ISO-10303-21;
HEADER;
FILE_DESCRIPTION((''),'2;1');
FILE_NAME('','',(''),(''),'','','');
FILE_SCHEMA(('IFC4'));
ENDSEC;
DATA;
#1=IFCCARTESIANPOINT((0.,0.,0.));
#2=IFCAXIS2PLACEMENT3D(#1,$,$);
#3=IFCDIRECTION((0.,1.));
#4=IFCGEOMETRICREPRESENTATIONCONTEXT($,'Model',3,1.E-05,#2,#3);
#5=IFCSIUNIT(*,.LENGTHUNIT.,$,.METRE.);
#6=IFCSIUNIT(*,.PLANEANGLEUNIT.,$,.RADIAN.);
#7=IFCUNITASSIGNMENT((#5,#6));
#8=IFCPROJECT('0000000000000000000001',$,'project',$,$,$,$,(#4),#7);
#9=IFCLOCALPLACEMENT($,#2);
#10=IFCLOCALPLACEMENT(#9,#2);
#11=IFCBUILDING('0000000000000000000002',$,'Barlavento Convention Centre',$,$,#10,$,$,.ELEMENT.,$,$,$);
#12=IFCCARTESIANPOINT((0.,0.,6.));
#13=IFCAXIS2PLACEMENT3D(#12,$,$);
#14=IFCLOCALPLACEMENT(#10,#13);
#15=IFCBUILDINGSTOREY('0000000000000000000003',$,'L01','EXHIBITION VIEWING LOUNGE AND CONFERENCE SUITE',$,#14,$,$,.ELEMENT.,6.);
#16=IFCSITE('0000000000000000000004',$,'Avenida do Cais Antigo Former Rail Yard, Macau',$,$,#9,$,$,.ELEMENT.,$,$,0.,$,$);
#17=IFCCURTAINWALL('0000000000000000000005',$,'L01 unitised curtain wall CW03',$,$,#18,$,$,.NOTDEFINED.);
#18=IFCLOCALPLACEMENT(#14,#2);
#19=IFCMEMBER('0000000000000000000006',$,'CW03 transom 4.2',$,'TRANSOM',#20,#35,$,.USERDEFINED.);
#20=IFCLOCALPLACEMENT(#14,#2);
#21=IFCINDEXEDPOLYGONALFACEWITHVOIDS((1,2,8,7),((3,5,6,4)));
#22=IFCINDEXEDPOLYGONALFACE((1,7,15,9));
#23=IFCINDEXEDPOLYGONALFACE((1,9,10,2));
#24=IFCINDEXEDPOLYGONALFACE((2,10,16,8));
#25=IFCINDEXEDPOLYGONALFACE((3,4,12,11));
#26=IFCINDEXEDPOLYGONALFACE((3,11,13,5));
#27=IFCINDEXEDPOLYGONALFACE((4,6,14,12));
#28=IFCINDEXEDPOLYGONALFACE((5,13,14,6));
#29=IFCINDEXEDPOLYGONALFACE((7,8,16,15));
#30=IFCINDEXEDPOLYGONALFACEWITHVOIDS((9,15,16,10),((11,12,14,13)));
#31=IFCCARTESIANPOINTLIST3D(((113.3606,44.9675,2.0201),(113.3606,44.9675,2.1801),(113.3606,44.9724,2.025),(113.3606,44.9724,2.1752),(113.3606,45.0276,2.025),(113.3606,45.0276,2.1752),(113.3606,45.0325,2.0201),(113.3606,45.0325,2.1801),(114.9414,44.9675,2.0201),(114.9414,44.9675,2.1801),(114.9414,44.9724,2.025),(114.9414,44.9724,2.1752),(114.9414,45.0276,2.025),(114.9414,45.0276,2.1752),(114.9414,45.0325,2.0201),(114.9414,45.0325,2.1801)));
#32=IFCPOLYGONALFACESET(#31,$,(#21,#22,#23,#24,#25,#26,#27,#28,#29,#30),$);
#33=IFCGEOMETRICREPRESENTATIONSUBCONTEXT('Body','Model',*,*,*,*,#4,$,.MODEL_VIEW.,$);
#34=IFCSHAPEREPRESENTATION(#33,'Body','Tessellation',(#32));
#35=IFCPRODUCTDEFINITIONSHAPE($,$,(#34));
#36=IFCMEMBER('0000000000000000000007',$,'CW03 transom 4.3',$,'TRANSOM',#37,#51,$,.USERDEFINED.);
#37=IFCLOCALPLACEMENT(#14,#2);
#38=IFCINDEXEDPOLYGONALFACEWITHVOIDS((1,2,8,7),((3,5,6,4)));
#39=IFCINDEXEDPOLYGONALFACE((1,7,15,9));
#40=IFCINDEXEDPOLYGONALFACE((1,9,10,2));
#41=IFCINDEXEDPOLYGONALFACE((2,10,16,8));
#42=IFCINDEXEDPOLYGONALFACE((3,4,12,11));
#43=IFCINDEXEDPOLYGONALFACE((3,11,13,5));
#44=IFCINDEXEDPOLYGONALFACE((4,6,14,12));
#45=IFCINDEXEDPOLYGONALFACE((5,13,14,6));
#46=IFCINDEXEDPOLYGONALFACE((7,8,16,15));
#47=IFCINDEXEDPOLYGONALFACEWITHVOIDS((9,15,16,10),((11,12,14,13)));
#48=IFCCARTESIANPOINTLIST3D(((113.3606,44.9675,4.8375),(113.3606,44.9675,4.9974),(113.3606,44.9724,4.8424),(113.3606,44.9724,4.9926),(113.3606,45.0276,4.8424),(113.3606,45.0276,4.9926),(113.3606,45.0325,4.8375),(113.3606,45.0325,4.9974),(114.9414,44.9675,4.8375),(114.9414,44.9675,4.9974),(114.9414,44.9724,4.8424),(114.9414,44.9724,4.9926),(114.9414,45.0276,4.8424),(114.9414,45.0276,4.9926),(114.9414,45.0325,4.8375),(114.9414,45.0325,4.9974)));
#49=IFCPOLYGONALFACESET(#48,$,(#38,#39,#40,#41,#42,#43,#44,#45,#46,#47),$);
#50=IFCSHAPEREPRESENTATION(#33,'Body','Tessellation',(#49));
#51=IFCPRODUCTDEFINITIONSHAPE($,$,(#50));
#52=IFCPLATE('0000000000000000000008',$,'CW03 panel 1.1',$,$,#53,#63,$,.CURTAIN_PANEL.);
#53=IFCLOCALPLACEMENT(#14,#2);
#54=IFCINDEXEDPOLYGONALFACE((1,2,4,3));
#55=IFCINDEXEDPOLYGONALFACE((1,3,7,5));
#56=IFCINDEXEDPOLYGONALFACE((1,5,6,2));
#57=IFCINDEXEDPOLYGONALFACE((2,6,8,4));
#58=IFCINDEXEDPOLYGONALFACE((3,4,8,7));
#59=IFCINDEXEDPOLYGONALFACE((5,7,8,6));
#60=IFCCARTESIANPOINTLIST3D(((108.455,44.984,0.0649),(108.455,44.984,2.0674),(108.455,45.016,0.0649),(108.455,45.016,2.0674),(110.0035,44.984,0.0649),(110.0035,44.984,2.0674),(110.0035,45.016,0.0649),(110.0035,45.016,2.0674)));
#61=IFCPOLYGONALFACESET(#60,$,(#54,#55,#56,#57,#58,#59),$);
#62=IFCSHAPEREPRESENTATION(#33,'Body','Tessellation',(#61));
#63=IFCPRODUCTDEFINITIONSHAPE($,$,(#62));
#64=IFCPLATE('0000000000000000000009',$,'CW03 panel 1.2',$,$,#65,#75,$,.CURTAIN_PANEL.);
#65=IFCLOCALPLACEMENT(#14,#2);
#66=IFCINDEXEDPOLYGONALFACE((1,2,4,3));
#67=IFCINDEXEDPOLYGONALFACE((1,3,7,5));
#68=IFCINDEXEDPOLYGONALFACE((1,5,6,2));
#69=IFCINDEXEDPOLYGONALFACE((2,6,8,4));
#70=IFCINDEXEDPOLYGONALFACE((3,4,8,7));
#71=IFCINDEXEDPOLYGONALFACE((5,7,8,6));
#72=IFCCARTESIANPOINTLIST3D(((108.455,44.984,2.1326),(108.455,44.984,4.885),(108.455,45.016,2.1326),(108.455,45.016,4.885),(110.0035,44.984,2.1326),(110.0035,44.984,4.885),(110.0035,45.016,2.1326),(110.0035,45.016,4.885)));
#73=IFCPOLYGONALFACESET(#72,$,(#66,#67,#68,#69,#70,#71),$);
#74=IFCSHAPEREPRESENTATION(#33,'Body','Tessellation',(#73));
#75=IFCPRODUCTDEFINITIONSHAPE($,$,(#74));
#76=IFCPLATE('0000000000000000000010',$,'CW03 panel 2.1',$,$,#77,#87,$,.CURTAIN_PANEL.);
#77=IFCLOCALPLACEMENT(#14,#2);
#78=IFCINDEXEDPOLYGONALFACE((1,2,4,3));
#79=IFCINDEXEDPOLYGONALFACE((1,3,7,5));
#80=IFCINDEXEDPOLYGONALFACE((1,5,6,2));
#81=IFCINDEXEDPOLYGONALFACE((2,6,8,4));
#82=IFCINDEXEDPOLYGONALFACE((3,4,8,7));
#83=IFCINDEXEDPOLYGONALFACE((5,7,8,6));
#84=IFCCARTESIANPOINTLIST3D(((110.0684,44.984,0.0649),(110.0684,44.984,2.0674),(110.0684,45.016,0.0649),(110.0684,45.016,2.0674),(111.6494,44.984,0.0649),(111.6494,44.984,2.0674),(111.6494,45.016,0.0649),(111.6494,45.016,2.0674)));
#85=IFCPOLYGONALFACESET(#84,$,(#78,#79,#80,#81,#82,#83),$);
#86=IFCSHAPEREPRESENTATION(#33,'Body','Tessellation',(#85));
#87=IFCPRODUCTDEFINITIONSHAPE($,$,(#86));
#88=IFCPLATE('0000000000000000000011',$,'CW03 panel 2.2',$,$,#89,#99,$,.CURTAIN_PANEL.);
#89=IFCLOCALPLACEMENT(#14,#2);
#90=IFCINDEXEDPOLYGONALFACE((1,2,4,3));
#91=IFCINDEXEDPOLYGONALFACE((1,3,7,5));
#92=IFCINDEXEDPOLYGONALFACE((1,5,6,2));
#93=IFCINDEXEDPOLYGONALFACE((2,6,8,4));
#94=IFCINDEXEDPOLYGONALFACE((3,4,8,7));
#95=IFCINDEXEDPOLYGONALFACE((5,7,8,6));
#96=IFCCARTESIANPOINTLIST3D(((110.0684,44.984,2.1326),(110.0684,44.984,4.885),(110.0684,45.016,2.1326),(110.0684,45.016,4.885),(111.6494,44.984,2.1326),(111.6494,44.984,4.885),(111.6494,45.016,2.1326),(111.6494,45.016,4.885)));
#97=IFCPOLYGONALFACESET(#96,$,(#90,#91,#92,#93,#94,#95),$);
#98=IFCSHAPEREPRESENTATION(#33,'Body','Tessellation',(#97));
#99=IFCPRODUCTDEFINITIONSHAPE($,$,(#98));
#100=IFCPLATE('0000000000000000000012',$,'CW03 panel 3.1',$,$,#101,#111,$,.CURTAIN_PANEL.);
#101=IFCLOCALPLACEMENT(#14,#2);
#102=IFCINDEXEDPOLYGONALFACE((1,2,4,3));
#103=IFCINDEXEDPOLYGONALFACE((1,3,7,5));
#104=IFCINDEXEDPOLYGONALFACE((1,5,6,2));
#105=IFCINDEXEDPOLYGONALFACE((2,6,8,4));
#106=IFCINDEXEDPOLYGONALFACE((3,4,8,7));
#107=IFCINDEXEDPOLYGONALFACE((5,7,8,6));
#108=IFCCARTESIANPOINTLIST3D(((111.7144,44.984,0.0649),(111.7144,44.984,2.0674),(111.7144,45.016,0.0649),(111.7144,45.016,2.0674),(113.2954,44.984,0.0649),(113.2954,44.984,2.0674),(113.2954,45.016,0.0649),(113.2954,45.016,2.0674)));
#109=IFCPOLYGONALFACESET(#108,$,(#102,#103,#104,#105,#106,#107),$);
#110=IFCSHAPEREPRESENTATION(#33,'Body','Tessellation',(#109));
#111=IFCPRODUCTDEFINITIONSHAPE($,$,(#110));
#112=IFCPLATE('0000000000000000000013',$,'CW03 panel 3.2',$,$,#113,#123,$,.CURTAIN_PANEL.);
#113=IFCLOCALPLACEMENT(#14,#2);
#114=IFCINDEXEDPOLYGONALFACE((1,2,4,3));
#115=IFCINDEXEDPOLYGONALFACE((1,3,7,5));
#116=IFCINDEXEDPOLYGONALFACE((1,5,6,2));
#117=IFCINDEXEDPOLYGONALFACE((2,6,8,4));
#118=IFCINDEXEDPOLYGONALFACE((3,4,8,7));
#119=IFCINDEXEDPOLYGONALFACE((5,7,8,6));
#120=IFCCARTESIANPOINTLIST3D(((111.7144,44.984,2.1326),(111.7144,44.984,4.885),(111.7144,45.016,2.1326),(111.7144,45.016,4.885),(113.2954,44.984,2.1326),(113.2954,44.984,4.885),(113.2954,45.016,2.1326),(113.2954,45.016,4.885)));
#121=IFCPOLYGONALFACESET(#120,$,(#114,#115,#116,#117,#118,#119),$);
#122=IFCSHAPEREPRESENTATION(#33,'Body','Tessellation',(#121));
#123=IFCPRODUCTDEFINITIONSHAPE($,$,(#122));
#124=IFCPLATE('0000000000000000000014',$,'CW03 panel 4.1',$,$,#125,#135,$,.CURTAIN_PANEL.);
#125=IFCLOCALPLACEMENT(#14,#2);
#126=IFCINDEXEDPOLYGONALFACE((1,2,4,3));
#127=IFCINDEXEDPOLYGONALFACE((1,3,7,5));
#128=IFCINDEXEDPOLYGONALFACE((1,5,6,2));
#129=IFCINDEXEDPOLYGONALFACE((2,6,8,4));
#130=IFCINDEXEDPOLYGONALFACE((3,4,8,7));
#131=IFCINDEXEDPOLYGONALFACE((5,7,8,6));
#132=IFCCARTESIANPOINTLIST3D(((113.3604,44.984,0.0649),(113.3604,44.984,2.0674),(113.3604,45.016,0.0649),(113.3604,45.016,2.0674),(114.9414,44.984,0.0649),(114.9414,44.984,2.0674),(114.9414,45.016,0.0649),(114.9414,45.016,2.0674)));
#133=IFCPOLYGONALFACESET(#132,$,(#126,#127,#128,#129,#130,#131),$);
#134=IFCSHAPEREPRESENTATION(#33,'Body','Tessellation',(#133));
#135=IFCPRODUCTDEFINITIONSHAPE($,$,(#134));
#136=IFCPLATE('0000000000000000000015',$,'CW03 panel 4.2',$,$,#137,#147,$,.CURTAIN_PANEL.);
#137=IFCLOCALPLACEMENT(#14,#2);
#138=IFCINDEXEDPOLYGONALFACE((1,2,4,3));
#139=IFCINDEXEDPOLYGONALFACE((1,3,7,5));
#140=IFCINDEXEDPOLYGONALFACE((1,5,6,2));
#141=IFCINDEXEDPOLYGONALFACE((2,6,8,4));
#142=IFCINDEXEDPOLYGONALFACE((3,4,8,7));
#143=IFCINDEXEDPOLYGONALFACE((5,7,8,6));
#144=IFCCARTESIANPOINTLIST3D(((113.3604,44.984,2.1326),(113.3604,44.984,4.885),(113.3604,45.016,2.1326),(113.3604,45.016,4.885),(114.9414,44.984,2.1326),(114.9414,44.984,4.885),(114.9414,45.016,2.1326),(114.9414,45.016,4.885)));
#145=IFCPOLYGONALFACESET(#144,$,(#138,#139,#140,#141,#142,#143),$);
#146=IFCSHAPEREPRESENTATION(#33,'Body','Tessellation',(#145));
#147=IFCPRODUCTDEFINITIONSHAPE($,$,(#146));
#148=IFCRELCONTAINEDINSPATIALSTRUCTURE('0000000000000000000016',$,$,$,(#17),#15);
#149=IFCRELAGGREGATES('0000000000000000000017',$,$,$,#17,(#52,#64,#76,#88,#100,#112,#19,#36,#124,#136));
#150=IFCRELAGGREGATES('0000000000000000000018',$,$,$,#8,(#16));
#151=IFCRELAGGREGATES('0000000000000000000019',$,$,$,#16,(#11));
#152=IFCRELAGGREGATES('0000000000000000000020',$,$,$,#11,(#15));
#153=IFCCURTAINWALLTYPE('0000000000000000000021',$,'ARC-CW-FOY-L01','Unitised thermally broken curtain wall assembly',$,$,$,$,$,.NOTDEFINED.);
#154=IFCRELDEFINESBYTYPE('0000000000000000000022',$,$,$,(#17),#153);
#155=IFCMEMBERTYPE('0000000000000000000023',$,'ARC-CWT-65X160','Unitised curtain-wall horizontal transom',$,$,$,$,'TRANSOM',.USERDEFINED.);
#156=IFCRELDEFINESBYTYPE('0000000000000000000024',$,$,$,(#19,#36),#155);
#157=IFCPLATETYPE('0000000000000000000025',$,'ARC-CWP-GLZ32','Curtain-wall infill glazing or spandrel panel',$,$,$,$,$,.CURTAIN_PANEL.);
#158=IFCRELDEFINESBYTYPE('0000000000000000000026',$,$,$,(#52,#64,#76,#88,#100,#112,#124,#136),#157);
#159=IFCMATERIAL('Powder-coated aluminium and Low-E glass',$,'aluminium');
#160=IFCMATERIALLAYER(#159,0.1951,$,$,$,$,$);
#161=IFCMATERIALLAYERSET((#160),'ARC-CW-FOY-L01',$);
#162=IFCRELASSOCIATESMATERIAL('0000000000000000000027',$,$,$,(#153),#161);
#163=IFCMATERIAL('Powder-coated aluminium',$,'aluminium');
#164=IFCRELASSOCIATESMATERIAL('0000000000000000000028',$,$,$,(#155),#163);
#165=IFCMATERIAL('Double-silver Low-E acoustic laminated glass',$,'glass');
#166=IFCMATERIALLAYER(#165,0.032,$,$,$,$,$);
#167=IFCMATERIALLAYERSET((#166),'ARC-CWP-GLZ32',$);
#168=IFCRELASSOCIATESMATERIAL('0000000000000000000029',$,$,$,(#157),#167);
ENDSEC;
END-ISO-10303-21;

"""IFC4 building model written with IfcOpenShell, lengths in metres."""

from ifc_helpers import new_model, si_unit, direction, frame, origin, origin_2d, place, context, subcontext, project, spatial, rectangle, hollow_rectangle, extrude, material, layer, layer_set, material_profile, profile_set, type_object, element, aggregate, save


model = new_model("IFC4")

# Units and contexts
model_context = context("Model", 3, precision=1e-05, world=origin(), true_north=direction((0.0, 1.0)))
body_context = subcontext(model_context, "Body", "Model", "MODEL_VIEW")
ifc_project = project(units=[si_unit("LENGTHUNIT", "METRE"), si_unit("PLANEANGLEUNIT", "RADIAN")], contexts=[model_context])

# Site, building, storey
site_placement = place(None, origin())
site = spatial("IfcSite", under=ifc_project, at=site_placement, Name="Avenida do Cais Antigo Former Rail Yard, Macau", CompositionType="ELEMENT", RefElevation=0.0)
building_placement = place(site_placement, origin())
building = spatial("IfcBuilding", under=site, at=building_placement, Name="Barlavento Convention Centre", CompositionType="ELEMENT")
storey_placement = place(building_placement, frame((0.0, 0.0, 6.0)))
storey = spatial("IfcBuildingStorey", under=building, at=storey_placement, Name="L01", Description="EXHIBITION VIEWING LOUNGE AND CONFERENCE SUITE", CompositionType="ELEMENT", Elevation=6.0)

# Curtain wall, members, plates
ifc_material_1 = material(Name="Powder-coated aluminium and Low-E glass", Category="aluminium")
ifc_layer_1 = layer(ifc_material_1, 0.1951)
ifc_layer_set_1 = layer_set([ifc_layer_1], Name="ARC-CW-FOY-L01")
curtain_wall_type = type_object("IfcCurtainWallType", Name="ARC-CW-FOY-L01", Description="Unitised thermally broken curtain wall assembly", PredefinedType="NOTDEFINED", material=ifc_layer_set_1)
curtain_wall_placement = place(storey_placement, origin())
curtain_wall = element("IfcCurtainWall", 1, at=curtain_wall_placement, inside=storey, type_object=curtain_wall_type, Name="L01 unitised curtain wall CW03", PredefinedType="NOTDEFINED")
ifc_material_2 = material(Name="Powder-coated aluminium", Category="aluminium")
ifc_material_profile_1 = material_profile(ifc_material_2, hollow_rectangle(XDim=0.0649, YDim=0.1599, WallThickness=0.0049, at=origin_2d()), Name="AL-TRAN 65x160x5")
ifc_profile_set_1 = profile_set([ifc_material_profile_1], Name="Powder-coated aluminium")
member_type_1 = type_object("IfcMemberType", Name="ARC-CWT-65X160", Description="Unitised curtain-wall horizontal transom", ElementType="TRANSOM", PredefinedType="USERDEFINED", material=ifc_profile_set_1)
member_1_placement = place(storey_placement, frame((113.3606, 45.0, 2.1001), z_axis=(1.0, 0.0, 0.0), x_axis=(0.0, 1.0, 0.0)))
member_1 = element("IfcMember", 2, at=member_1_placement, type_object=member_type_1, Name="CW03 transom 4.2", ObjectType="TRANSOM", PredefinedType="USERDEFINED", context=body_context, shape_type="SweptSolid", body=[
    extrude(hollow_rectangle(XDim=0.0649, YDim=0.1599, WallThickness=0.0049, at=origin_2d()), origin(), (0.0, 0.0, 1.0), 1.5808),
])
member_2_placement = place(storey_placement, frame((113.3606, 45.0, 4.9175), z_axis=(1.0, 0.0, 0.0), x_axis=(0.0, 1.0, 0.0)))
member_2 = element("IfcMember", 3, at=member_2_placement, type_object=member_type_1, Name="CW03 transom 4.3", ObjectType="TRANSOM", PredefinedType="USERDEFINED", context=body_context, shape_type="SweptSolid", body=[
    extrude(hollow_rectangle(XDim=0.0649, YDim=0.1599, WallThickness=0.0049, at=origin_2d()), origin(), (0.0, 0.0, 1.0), 1.5808),
])
ifc_material_3 = material(Name="Double-silver Low-E acoustic laminated glass", Category="glass")
ifc_layer_2 = layer(ifc_material_3, 0.032)
ifc_layer_set_2 = layer_set([ifc_layer_2], Name="ARC-CWP-GLZ32")
plate_type = type_object("IfcPlateType", Name="ARC-CWP-GLZ32", Description="Curtain-wall infill glazing or spandrel panel", PredefinedType="CURTAIN_PANEL", material=ifc_layer_set_2)
plate_1_placement = place(storey_placement, frame((109.2292, 45.0, 0.0649), z_axis=(0.0, 0.0, 1.0), x_axis=(1.0, 0.0, 0.0)))
plate_1 = element("IfcPlate", 4, at=plate_1_placement, type_object=plate_type, Name="CW03 panel 1.1", PredefinedType="CURTAIN_PANEL", context=body_context, shape_type="SweptSolid", body=[
    extrude(rectangle(XDim=1.5486, YDim=0.032, at=origin_2d()), origin(), (0.0, 0.0, 1.0), 2.0024),
])
plate_2_placement = place(storey_placement, frame((109.2292, 45.0, 2.1326), z_axis=(0.0, 0.0, 1.0), x_axis=(1.0, 0.0, 0.0)))
plate_2 = element("IfcPlate", 5, at=plate_2_placement, type_object=plate_type, Name="CW03 panel 1.2", PredefinedType="CURTAIN_PANEL", context=body_context, shape_type="SweptSolid", body=[
    extrude(rectangle(XDim=1.5486, YDim=0.032, at=origin_2d()), origin(), (0.0, 0.0, 1.0), 2.7524),
])
plate_3_placement = place(storey_placement, frame((110.8589, 45.0, 0.0649), z_axis=(0.0, 0.0, 1.0), x_axis=(1.0, 0.0, 0.0)))
plate_3 = element("IfcPlate", 6, at=plate_3_placement, type_object=plate_type, Name="CW03 panel 2.1", PredefinedType="CURTAIN_PANEL", context=body_context, shape_type="SweptSolid", body=[
    extrude(rectangle(XDim=1.5811, YDim=0.032, at=origin_2d()), origin(), (0.0, 0.0, 1.0), 2.0024),
])
plate_4_placement = place(storey_placement, frame((110.8589, 45.0, 2.1326), z_axis=(0.0, 0.0, 1.0), x_axis=(1.0, 0.0, 0.0)))
plate_4 = element("IfcPlate", 7, at=plate_4_placement, type_object=plate_type, Name="CW03 panel 2.2", PredefinedType="CURTAIN_PANEL", context=body_context, shape_type="SweptSolid", body=[
    extrude(rectangle(XDim=1.5811, YDim=0.032, at=origin_2d()), origin(), (0.0, 0.0, 1.0), 2.7524),
])
plate_5_placement = place(storey_placement, frame((112.5049, 45.0, 0.0649), z_axis=(0.0, 0.0, 1.0), x_axis=(1.0, 0.0, 0.0)))
plate_5 = element("IfcPlate", 8, at=plate_5_placement, type_object=plate_type, Name="CW03 panel 3.1", PredefinedType="CURTAIN_PANEL", context=body_context, shape_type="SweptSolid", body=[
    extrude(rectangle(XDim=1.5811, YDim=0.032, at=origin_2d()), origin(), (0.0, 0.0, 1.0), 2.0024),
])
plate_6_placement = place(storey_placement, frame((112.5049, 45.0, 2.1326), z_axis=(0.0, 0.0, 1.0), x_axis=(1.0, 0.0, 0.0)))
plate_6 = element("IfcPlate", 9, at=plate_6_placement, type_object=plate_type, Name="CW03 panel 3.2", PredefinedType="CURTAIN_PANEL", context=body_context, shape_type="SweptSolid", body=[
    extrude(rectangle(XDim=1.5811, YDim=0.032, at=origin_2d()), origin(), (0.0, 0.0, 1.0), 2.7524),
])
plate_7_placement = place(storey_placement, frame((114.1509, 45.0, 0.0649), z_axis=(0.0, 0.0, 1.0), x_axis=(1.0, 0.0, 0.0)))
plate_7 = element("IfcPlate", 10, at=plate_7_placement, type_object=plate_type, Name="CW03 panel 4.1", PredefinedType="CURTAIN_PANEL", context=body_context, shape_type="SweptSolid", body=[
    extrude(rectangle(XDim=1.5811, YDim=0.032, at=origin_2d()), origin(), (0.0, 0.0, 1.0), 2.0024),
])
plate_8_placement = place(storey_placement, frame((114.1509, 45.0, 2.1326), z_axis=(0.0, 0.0, 1.0), x_axis=(1.0, 0.0, 0.0)))
plate_8 = element("IfcPlate", 11, at=plate_8_placement, type_object=plate_type, Name="CW03 panel 4.2", PredefinedType="CURTAIN_PANEL", context=body_context, shape_type="SweptSolid", body=[
    extrude(rectangle(XDim=1.5811, YDim=0.032, at=origin_2d()), origin(), (0.0, 0.0, 1.0), 2.7524),
])
aggregate(curtain_wall, [plate_1, plate_2, plate_3, plate_4, plate_5, plate_6, member_1, member_2, plate_7, plate_8])

save(model, "model.ifc")
